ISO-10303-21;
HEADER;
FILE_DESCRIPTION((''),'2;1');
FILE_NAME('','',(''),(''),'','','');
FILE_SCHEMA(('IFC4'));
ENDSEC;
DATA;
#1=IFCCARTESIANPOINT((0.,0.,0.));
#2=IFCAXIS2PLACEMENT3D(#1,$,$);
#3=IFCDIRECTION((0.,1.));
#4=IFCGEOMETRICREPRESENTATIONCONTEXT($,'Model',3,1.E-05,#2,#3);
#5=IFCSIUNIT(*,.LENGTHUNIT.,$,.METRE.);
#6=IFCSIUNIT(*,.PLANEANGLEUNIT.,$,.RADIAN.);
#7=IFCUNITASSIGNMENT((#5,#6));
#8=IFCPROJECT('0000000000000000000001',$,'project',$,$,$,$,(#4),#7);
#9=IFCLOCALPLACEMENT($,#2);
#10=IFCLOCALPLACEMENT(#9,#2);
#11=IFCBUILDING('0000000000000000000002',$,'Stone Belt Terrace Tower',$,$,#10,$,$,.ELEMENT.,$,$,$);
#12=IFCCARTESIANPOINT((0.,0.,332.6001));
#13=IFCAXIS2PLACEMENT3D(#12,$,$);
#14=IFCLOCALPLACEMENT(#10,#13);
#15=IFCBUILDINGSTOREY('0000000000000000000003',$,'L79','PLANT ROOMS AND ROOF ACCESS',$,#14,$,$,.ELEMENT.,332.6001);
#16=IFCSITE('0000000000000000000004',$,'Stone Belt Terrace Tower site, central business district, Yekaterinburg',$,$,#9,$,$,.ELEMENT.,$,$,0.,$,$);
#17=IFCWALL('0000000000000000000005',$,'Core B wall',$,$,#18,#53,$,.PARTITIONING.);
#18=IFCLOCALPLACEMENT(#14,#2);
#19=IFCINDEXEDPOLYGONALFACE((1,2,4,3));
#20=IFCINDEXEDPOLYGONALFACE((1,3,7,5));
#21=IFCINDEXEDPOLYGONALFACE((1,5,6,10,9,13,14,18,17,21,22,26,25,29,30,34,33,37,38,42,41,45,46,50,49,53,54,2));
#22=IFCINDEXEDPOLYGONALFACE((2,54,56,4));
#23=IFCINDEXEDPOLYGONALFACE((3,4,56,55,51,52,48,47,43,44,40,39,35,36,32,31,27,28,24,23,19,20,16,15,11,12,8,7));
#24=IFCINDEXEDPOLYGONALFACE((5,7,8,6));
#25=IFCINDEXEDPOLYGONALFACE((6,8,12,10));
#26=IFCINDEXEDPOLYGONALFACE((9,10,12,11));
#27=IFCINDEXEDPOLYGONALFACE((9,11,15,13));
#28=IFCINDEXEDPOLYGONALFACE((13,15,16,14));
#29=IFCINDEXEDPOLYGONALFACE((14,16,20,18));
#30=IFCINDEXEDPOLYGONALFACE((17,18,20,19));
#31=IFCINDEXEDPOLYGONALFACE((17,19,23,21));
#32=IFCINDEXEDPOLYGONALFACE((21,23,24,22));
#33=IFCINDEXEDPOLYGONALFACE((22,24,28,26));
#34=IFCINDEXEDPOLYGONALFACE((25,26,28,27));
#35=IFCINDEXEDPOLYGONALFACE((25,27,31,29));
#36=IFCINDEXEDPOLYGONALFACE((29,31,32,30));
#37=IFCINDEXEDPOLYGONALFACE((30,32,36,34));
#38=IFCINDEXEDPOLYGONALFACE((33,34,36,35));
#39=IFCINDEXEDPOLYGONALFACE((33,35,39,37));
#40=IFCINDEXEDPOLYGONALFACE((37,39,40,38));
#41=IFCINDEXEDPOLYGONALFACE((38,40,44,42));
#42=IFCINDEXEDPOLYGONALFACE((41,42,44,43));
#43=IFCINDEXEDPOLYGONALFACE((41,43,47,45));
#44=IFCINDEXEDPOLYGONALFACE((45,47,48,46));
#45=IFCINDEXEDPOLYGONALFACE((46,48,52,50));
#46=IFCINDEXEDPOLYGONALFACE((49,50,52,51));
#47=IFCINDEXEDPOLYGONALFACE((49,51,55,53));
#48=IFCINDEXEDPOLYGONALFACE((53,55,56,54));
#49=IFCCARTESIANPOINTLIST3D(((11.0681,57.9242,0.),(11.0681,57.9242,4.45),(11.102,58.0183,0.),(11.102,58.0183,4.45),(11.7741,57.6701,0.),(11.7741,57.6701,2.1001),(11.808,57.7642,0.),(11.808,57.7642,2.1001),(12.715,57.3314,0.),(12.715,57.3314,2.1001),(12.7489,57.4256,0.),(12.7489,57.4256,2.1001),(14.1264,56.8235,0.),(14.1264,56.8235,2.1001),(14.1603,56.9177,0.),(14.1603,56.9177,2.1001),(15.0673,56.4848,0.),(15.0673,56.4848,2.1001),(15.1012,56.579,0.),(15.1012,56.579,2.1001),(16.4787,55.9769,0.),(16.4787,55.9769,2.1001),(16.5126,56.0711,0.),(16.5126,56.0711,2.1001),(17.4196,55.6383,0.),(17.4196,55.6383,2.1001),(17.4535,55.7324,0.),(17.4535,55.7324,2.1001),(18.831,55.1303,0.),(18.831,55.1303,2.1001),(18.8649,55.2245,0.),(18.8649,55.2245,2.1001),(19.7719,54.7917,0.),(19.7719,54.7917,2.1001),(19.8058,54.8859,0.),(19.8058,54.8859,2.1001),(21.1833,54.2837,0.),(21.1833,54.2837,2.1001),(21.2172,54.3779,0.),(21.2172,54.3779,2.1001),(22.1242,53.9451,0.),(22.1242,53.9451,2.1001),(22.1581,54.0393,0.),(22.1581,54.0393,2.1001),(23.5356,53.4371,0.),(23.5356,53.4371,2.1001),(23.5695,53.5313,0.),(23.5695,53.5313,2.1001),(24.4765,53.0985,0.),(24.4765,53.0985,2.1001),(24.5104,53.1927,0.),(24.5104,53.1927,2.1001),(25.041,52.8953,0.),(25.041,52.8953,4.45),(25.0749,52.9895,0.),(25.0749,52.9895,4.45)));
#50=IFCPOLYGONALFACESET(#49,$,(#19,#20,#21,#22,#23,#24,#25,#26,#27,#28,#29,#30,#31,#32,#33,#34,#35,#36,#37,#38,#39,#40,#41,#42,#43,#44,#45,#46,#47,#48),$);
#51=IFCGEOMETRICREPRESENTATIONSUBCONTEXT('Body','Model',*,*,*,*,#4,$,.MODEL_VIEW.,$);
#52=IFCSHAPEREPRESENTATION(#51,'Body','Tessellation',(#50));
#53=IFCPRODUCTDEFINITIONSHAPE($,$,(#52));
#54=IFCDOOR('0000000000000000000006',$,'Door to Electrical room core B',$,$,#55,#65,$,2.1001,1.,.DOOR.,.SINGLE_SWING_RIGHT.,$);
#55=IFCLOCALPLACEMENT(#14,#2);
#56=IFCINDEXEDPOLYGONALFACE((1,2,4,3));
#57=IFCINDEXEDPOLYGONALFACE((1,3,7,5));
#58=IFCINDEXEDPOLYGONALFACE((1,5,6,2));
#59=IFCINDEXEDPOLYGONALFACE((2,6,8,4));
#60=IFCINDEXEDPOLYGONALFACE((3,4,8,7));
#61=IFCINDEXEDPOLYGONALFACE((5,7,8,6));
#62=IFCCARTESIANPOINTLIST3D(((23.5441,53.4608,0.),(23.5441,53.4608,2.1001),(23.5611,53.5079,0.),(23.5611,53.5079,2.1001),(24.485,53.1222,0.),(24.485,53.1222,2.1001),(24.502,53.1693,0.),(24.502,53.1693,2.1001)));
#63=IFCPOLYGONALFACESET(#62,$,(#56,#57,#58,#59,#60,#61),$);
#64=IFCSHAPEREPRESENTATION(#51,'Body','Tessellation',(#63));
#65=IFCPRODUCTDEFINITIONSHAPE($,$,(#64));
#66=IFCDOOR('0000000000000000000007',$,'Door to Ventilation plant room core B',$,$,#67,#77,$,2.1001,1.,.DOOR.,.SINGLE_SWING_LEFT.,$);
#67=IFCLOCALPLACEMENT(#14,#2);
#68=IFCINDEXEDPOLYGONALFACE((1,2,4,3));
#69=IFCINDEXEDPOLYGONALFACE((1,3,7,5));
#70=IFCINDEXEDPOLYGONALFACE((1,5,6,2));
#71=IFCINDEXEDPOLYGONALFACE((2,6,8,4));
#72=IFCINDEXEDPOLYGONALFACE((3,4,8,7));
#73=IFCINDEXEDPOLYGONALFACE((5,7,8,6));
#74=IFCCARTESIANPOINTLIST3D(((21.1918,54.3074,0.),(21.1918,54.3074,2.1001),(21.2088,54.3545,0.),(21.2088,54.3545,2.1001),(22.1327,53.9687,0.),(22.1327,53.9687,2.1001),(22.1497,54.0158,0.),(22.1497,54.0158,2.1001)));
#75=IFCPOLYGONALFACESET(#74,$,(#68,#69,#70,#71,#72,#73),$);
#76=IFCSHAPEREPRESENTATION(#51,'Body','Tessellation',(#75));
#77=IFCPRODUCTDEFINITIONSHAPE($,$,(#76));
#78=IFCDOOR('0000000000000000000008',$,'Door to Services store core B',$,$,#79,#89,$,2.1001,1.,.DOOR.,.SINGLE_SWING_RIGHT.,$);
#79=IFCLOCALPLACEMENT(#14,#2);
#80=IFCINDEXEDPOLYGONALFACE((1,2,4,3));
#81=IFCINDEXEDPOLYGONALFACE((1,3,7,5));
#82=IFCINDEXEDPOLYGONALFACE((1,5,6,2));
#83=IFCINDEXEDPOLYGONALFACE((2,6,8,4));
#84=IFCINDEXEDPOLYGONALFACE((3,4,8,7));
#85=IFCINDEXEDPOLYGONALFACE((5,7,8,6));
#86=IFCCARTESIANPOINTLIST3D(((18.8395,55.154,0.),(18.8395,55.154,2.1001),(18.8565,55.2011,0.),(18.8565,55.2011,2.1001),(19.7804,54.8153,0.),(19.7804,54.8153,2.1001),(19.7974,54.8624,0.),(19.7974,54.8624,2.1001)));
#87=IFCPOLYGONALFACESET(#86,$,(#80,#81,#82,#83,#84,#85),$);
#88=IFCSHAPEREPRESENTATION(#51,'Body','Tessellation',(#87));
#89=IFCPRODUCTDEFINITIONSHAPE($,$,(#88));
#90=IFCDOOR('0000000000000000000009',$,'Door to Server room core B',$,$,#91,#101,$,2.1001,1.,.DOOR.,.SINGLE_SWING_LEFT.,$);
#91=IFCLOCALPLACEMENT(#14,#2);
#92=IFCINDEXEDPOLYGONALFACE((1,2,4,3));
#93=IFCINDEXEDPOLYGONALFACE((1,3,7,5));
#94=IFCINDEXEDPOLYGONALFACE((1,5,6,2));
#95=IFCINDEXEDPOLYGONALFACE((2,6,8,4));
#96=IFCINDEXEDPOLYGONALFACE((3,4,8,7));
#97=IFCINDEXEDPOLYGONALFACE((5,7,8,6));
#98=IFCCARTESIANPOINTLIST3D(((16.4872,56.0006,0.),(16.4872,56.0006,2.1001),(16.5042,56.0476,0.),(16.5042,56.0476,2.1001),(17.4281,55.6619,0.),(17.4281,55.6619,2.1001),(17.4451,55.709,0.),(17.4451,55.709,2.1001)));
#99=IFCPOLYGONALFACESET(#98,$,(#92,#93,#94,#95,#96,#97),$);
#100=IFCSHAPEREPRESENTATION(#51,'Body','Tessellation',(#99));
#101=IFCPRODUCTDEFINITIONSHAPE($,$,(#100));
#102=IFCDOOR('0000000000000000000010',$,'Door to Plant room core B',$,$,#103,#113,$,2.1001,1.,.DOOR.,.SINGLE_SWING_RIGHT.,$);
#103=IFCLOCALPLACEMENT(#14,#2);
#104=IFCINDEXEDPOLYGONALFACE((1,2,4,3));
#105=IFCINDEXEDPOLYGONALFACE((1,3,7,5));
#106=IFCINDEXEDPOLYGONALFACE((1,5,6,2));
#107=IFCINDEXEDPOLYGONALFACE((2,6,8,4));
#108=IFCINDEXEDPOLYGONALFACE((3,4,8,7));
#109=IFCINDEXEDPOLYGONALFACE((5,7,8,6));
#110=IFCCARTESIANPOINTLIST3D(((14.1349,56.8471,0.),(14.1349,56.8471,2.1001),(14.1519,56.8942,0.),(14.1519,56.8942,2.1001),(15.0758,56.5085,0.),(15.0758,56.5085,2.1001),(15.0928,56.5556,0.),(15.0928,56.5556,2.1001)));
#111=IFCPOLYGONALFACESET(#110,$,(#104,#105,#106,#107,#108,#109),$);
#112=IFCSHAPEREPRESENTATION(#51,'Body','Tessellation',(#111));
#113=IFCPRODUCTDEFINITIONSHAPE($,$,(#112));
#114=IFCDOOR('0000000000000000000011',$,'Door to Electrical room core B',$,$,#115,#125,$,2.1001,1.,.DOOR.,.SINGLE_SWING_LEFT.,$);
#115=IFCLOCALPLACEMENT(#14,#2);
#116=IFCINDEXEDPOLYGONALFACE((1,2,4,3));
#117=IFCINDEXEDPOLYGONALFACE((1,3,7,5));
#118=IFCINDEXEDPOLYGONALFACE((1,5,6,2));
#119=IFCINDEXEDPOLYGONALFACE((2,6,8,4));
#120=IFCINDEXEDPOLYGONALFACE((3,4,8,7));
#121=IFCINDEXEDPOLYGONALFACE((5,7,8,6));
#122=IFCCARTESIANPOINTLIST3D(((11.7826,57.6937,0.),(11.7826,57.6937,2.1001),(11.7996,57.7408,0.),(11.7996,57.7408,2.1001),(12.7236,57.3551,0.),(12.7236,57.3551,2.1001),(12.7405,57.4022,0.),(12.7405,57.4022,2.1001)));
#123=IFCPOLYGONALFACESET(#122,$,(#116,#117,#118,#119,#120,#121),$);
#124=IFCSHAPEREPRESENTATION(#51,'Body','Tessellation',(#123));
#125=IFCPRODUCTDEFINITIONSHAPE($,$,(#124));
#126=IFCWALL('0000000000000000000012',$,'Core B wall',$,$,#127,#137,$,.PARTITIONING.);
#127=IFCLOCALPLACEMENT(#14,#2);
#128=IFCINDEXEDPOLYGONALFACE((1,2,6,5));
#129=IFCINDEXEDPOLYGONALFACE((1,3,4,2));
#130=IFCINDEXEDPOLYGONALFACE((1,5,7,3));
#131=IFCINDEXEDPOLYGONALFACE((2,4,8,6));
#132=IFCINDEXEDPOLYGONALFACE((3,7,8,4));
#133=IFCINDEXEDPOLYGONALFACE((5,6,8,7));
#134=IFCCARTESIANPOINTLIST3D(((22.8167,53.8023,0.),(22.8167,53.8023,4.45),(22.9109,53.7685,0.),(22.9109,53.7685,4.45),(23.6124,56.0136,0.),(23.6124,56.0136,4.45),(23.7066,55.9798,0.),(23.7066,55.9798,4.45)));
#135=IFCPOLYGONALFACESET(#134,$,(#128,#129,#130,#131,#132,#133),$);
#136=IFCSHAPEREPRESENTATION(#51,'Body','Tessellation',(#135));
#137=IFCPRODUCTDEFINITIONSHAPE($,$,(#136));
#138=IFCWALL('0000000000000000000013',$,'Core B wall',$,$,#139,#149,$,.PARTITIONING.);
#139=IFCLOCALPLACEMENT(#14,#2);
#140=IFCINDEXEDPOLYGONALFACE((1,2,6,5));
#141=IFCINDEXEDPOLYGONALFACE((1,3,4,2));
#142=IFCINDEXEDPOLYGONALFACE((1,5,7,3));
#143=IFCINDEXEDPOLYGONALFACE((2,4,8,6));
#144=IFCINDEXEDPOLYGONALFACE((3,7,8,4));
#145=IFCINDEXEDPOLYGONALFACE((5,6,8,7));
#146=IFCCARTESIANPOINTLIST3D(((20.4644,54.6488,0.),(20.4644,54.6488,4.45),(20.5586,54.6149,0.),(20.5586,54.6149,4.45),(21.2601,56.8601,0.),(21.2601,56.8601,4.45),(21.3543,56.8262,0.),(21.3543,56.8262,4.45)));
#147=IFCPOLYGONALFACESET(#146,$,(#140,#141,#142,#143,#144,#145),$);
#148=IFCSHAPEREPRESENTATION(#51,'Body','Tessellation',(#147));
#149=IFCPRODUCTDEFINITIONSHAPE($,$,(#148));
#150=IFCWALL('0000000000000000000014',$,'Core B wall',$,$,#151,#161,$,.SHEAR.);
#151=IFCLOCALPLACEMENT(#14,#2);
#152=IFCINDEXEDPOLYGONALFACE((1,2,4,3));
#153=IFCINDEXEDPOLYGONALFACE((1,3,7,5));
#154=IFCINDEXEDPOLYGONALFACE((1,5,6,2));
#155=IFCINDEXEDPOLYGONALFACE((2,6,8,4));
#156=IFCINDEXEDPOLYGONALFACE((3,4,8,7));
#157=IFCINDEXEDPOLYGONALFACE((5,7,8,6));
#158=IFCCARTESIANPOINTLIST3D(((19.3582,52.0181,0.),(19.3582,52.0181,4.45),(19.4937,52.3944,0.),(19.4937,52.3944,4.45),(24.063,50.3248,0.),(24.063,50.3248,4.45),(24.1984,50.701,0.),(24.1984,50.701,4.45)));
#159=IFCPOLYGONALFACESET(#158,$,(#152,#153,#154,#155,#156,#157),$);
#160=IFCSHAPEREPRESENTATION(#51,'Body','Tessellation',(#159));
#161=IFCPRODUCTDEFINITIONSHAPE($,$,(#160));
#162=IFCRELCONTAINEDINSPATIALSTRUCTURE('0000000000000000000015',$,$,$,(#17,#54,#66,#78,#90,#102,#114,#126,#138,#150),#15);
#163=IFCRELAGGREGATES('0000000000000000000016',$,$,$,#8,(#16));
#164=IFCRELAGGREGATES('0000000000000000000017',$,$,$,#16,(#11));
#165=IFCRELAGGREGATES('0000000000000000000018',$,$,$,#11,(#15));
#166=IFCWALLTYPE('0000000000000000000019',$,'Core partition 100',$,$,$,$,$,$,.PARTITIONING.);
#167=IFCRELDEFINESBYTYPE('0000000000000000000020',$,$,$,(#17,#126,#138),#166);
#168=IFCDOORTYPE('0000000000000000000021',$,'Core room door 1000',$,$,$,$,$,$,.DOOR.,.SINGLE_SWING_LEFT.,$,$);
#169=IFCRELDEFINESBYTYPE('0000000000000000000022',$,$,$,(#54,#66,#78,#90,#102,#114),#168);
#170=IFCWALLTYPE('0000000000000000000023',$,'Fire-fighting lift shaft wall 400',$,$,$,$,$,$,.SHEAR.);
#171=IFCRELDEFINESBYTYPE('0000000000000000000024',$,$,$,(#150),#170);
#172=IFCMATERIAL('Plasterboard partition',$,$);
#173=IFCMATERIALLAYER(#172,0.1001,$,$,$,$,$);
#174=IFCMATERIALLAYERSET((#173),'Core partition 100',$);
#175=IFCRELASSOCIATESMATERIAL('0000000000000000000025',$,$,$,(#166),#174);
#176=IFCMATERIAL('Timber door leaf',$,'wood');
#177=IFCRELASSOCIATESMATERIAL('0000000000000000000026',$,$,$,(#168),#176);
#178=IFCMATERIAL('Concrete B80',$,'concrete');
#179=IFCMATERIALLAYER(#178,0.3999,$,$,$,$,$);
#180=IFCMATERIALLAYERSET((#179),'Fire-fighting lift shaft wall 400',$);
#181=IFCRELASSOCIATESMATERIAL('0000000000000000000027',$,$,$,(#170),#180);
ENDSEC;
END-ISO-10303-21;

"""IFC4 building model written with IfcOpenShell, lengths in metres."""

from ifc_helpers import new_model, si_unit, direction, frame, frame_2d, origin, place, context, subcontext, project, spatial, rectangle, extrude, material, layer, layer_set, type_object, element, fill, save


model = new_model("IFC4")

# Units and contexts
model_context = context("Model", 3, precision=1e-05, world=origin(), true_north=direction((0.0, 1.0)))
body_context = subcontext(model_context, "Body", "Model", "MODEL_VIEW")
ifc_project = project(units=[si_unit("LENGTHUNIT", "METRE"), si_unit("PLANEANGLEUNIT", "RADIAN")], contexts=[model_context])

# Site, building, storey
site_placement = place(None, origin())
site = spatial("IfcSite", under=ifc_project, at=site_placement, Name="Stone Belt Terrace Tower site, central business district, Yekaterinburg", CompositionType="ELEMENT", RefElevation=0.0)
building_placement = place(site_placement, origin())
building = spatial("IfcBuilding", under=site, at=building_placement, Name="Stone Belt Terrace Tower", CompositionType="ELEMENT")
storey_placement = place(building_placement, frame((0.0, 0.0, 332.6001)))
storey = spatial("IfcBuildingStorey", under=building, at=storey_placement, Name="L79", Description="PLANT ROOMS AND ROOF ACCESS", CompositionType="ELEMENT", Elevation=332.6001)

# Shared definitions
ifc_material_1 = material(Name="Plasterboard partition")
ifc_layer_1 = layer(ifc_material_1, 0.1001)
ifc_layer_set_1 = layer_set([ifc_layer_1], Name="Core partition 100")
wall_type_1 = type_object("IfcWallType", Name="Core partition 100", PredefinedType="PARTITIONING", material=ifc_layer_set_1)
ifc_material_2 = material(Name="Timber door leaf", Category="wood")
door_type = type_object("IfcDoorType", Name="Core room door 1000", OperationType="SINGLE_SWING_LEFT", PredefinedType="DOOR", material=ifc_material_2)

# Wall, openings, doors
wall_1_placement = place(storey_placement, frame((25.0581, 52.9424, 0.0), z_axis=(0.0, 0.0, 1.0), x_axis=(-0.940918, 0.338634, 0.0)))
wall_1 = element("IfcWall", 1, at=wall_1_placement, inside=storey, type_object=wall_type_1, Name="Core B wall", PredefinedType="PARTITIONING", context=body_context, shape_type="SweptSolid", body=[
    extrude(rectangle(XDim=14.8503, YDim=0.1001, at=frame_2d((7.4253, 0.0))), origin(), (0.0, 0.0, 1.0), 4.45),
])
opening_1_placement = place(wall_1_placement, frame((0.6001, 0.0, 0.0)))
opening_1 = element("IfcOpeningElement", 2, at=opening_1_placement, cuts=wall_1, PredefinedType="OPENING", context=body_context, shape_type="SweptSolid", body=[
    extrude(rectangle(XDim=1.0, YDim=2.1001, at=frame_2d((0.5, 1.05))), frame((0.0, 0.0601, 0.0), z_axis=(0.0, -1.0, 0.0), x_axis=(1.0, 0.0, 0.0)), (0.0, 0.0, 1.0), 0.1201),
])
opening_2_placement = place(wall_1_placement, frame((3.1001, 0.0, 0.0)))
opening_2 = element("IfcOpeningElement", 3, at=opening_2_placement, cuts=wall_1, PredefinedType="OPENING", context=body_context, shape_type="SweptSolid", body=[
    extrude(rectangle(XDim=1.0, YDim=2.1001, at=frame_2d((0.5, 1.05))), frame((0.0, 0.0601, 0.0), z_axis=(0.0, -1.0, 0.0), x_axis=(1.0, 0.0, 0.0)), (0.0, 0.0, 1.0), 0.1201),
])
opening_3_placement = place(wall_1_placement, frame((5.6001, 0.0, 0.0)))
opening_3 = element("IfcOpeningElement", 4, at=opening_3_placement, cuts=wall_1, PredefinedType="OPENING", context=body_context, shape_type="SweptSolid", body=[
    extrude(rectangle(XDim=1.0, YDim=2.1001, at=frame_2d((0.5, 1.05))), frame((0.0, 0.0601, 0.0), z_axis=(0.0, -1.0, 0.0), x_axis=(1.0, 0.0, 0.0)), (0.0, 0.0, 1.0), 0.1201),
])
opening_4_placement = place(wall_1_placement, frame((8.1001, 0.0, 0.0)))
opening_4 = element("IfcOpeningElement", 5, at=opening_4_placement, cuts=wall_1, PredefinedType="OPENING", context=body_context, shape_type="SweptSolid", body=[
    extrude(rectangle(XDim=1.0, YDim=2.1001, at=frame_2d((0.5, 1.05))), frame((0.0, 0.0601, 0.0), z_axis=(0.0, -1.0, 0.0), x_axis=(1.0, 0.0, 0.0)), (0.0, 0.0, 1.0), 0.1201),
])
opening_5_placement = place(wall_1_placement, frame((10.6001, 0.0, 0.0)))
opening_5 = element("IfcOpeningElement", 6, at=opening_5_placement, cuts=wall_1, PredefinedType="OPENING", context=body_context, shape_type="SweptSolid", body=[
    extrude(rectangle(XDim=1.0, YDim=2.1001, at=frame_2d((0.5, 1.05))), frame((0.0, 0.0601, 0.0), z_axis=(0.0, -1.0, 0.0), x_axis=(1.0, 0.0, 0.0)), (0.0, 0.0, 1.0), 0.1201),
])
opening_6_placement = place(wall_1_placement, frame((13.1001, 0.0, 0.0)))
opening_6 = element("IfcOpeningElement", 7, at=opening_6_placement, cuts=wall_1, PredefinedType="OPENING", context=body_context, shape_type="SweptSolid", body=[
    extrude(rectangle(XDim=1.0, YDim=2.1001, at=frame_2d((0.5, 1.05))), frame((0.0, 0.0601, 0.0), z_axis=(0.0, -1.0, 0.0), x_axis=(1.0, 0.0, 0.0)), (0.0, 0.0, 1.0), 0.1201),
])
door_1_placement = place(opening_1_placement, origin())
door_1 = element("IfcDoor", 8, at=door_1_placement, inside=storey, type_object=door_type, Name="Door to Electrical room core B", OperationType="SINGLE_SWING_RIGHT", OverallHeight=2.1001, OverallWidth=1.0, PredefinedType="DOOR", context=body_context, shape_type="SweptSolid", body=[
    extrude(rectangle(XDim=1.0, YDim=2.1001, at=frame_2d((0.5, 1.05))), frame((0.0, 0.0249, 0.0), z_axis=(0.0, -1.0, 0.0), x_axis=(1.0, 0.0, 0.0)), (0.0, 0.0, 1.0), 0.05),
])
fill(opening_1, door_1)
door_2_placement = place(opening_2_placement, origin())
door_2 = element("IfcDoor", 9, at=door_2_placement, inside=storey, type_object=door_type, Name="Door to Ventilation plant room core B", OperationType="SINGLE_SWING_LEFT", OverallHeight=2.1001, OverallWidth=1.0, PredefinedType="DOOR", context=body_context, shape_type="SweptSolid", body=[
    extrude(rectangle(XDim=1.0, YDim=2.1001, at=frame_2d((0.5, 1.05))), frame((0.0, 0.0249, 0.0), z_axis=(0.0, -1.0, 0.0), x_axis=(1.0, 0.0, 0.0)), (0.0, 0.0, 1.0), 0.05),
])
fill(opening_2, door_2)
door_3_placement = place(opening_3_placement, origin())
door_3 = element("IfcDoor", 10, at=door_3_placement, inside=storey, type_object=door_type, Name="Door to Services store core B", OperationType="SINGLE_SWING_RIGHT", OverallHeight=2.1001, OverallWidth=1.0, PredefinedType="DOOR", context=body_context, shape_type="SweptSolid", body=[
    extrude(rectangle(XDim=1.0, YDim=2.1001, at=frame_2d((0.5, 1.05))), frame((0.0, 0.0249, 0.0), z_axis=(0.0, -1.0, 0.0), x_axis=(1.0, 0.0, 0.0)), (0.0, 0.0, 1.0), 0.05),
])
fill(opening_3, door_3)
door_4_placement = place(opening_4_placement, origin())
door_4 = element("IfcDoor", 11, at=door_4_placement, inside=storey, type_object=door_type, Name="Door to Server room core B", OperationType="SINGLE_SWING_LEFT", OverallHeight=2.1001, OverallWidth=1.0, PredefinedType="DOOR", context=body_context, shape_type="SweptSolid", body=[
    extrude(rectangle(XDim=1.0, YDim=2.1001, at=frame_2d((0.5, 1.05))), frame((0.0, 0.0249, 0.0), z_axis=(0.0, -1.0, 0.0), x_axis=(1.0, 0.0, 0.0)), (0.0, 0.0, 1.0), 0.05),
])
fill(opening_4, door_4)
door_5_placement = place(opening_5_placement, origin())
door_5 = element("IfcDoor", 12, at=door_5_placement, inside=storey, type_object=door_type, Name="Door to Plant room core B", OperationType="SINGLE_SWING_RIGHT", OverallHeight=2.1001, OverallWidth=1.0, PredefinedType="DOOR", context=body_context, shape_type="SweptSolid", body=[
    extrude(rectangle(XDim=1.0, YDim=2.1001, at=frame_2d((0.5, 1.05))), frame((0.0, 0.0249, 0.0), z_axis=(0.0, -1.0, 0.0), x_axis=(1.0, 0.0, 0.0)), (0.0, 0.0, 1.0), 0.05),
])
fill(opening_5, door_5)
door_6_placement = place(opening_6_placement, origin())
door_6 = element("IfcDoor", 13, at=door_6_placement, inside=storey, type_object=door_type, Name="Door to Electrical room core B", OperationType="SINGLE_SWING_LEFT", OverallHeight=2.1001, OverallWidth=1.0, PredefinedType="DOOR", context=body_context, shape_type="SweptSolid", body=[
    extrude(rectangle(XDim=1.0, YDim=2.1001, at=frame_2d((0.5, 1.05))), frame((0.0, 0.0249, 0.0), z_axis=(0.0, -1.0, 0.0), x_axis=(1.0, 0.0, 0.0)), (0.0, 0.0, 1.0), 0.05),
])
fill(opening_6, door_6)

# Walls
for number, where, z_axis, x_axis, name in (
    (14, (22.8638, 53.7854, 0.0), (0.0, 0.0, 1.0), (0.33858, 0.940938, 0.0), "Core B wall"),
    (15, (20.5115, 54.6318, 0.0), (0.0, 0.0, 1.0), (0.33858, 0.940938, 0.0), "Core B wall"),
):
    element("IfcWall", number, at=place(storey_placement, frame(where, z_axis=z_axis, x_axis=x_axis)), inside=storey, type_object=wall_type_1, Name=name, PredefinedType="PARTITIONING", context=body_context, shape_type="SweptSolid", body=[
        extrude(rectangle(XDim=2.3501, YDim=0.1001, at=frame_2d((1.175, 0.0))), origin(), (0.0, 0.0, 1.0), 4.45),
    ])
ifc_material_3 = material(Name="Concrete B80", Category="concrete")
ifc_layer_2 = layer(ifc_material_3, 0.3999)
ifc_layer_set_2 = layer_set([ifc_layer_2], Name="Fire-fighting lift shaft wall 400")
wall_type_2 = type_object("IfcWallType", Name="Fire-fighting lift shaft wall 400", PredefinedType="SHEAR", material=ifc_layer_set_2)
wall_2_placement = place(storey_placement, frame((24.1306, 50.5129, 0.0), z_axis=(0.0, 0.0, 1.0), x_axis=(-0.940912, 0.338652, 0.0)))
element("IfcWall", 16, at=wall_2_placement, inside=storey, type_object=wall_type_2, Name="Core B wall", PredefinedType="SHEAR", context=body_context, shape_type="SweptSolid", body=[
    extrude(rectangle(XDim=5.0002, YDim=0.3999, at=frame_2d((2.5, 0.0))), origin(), (0.0, 0.0, 1.0), 4.45),
])

save(model, "model.ifc")
